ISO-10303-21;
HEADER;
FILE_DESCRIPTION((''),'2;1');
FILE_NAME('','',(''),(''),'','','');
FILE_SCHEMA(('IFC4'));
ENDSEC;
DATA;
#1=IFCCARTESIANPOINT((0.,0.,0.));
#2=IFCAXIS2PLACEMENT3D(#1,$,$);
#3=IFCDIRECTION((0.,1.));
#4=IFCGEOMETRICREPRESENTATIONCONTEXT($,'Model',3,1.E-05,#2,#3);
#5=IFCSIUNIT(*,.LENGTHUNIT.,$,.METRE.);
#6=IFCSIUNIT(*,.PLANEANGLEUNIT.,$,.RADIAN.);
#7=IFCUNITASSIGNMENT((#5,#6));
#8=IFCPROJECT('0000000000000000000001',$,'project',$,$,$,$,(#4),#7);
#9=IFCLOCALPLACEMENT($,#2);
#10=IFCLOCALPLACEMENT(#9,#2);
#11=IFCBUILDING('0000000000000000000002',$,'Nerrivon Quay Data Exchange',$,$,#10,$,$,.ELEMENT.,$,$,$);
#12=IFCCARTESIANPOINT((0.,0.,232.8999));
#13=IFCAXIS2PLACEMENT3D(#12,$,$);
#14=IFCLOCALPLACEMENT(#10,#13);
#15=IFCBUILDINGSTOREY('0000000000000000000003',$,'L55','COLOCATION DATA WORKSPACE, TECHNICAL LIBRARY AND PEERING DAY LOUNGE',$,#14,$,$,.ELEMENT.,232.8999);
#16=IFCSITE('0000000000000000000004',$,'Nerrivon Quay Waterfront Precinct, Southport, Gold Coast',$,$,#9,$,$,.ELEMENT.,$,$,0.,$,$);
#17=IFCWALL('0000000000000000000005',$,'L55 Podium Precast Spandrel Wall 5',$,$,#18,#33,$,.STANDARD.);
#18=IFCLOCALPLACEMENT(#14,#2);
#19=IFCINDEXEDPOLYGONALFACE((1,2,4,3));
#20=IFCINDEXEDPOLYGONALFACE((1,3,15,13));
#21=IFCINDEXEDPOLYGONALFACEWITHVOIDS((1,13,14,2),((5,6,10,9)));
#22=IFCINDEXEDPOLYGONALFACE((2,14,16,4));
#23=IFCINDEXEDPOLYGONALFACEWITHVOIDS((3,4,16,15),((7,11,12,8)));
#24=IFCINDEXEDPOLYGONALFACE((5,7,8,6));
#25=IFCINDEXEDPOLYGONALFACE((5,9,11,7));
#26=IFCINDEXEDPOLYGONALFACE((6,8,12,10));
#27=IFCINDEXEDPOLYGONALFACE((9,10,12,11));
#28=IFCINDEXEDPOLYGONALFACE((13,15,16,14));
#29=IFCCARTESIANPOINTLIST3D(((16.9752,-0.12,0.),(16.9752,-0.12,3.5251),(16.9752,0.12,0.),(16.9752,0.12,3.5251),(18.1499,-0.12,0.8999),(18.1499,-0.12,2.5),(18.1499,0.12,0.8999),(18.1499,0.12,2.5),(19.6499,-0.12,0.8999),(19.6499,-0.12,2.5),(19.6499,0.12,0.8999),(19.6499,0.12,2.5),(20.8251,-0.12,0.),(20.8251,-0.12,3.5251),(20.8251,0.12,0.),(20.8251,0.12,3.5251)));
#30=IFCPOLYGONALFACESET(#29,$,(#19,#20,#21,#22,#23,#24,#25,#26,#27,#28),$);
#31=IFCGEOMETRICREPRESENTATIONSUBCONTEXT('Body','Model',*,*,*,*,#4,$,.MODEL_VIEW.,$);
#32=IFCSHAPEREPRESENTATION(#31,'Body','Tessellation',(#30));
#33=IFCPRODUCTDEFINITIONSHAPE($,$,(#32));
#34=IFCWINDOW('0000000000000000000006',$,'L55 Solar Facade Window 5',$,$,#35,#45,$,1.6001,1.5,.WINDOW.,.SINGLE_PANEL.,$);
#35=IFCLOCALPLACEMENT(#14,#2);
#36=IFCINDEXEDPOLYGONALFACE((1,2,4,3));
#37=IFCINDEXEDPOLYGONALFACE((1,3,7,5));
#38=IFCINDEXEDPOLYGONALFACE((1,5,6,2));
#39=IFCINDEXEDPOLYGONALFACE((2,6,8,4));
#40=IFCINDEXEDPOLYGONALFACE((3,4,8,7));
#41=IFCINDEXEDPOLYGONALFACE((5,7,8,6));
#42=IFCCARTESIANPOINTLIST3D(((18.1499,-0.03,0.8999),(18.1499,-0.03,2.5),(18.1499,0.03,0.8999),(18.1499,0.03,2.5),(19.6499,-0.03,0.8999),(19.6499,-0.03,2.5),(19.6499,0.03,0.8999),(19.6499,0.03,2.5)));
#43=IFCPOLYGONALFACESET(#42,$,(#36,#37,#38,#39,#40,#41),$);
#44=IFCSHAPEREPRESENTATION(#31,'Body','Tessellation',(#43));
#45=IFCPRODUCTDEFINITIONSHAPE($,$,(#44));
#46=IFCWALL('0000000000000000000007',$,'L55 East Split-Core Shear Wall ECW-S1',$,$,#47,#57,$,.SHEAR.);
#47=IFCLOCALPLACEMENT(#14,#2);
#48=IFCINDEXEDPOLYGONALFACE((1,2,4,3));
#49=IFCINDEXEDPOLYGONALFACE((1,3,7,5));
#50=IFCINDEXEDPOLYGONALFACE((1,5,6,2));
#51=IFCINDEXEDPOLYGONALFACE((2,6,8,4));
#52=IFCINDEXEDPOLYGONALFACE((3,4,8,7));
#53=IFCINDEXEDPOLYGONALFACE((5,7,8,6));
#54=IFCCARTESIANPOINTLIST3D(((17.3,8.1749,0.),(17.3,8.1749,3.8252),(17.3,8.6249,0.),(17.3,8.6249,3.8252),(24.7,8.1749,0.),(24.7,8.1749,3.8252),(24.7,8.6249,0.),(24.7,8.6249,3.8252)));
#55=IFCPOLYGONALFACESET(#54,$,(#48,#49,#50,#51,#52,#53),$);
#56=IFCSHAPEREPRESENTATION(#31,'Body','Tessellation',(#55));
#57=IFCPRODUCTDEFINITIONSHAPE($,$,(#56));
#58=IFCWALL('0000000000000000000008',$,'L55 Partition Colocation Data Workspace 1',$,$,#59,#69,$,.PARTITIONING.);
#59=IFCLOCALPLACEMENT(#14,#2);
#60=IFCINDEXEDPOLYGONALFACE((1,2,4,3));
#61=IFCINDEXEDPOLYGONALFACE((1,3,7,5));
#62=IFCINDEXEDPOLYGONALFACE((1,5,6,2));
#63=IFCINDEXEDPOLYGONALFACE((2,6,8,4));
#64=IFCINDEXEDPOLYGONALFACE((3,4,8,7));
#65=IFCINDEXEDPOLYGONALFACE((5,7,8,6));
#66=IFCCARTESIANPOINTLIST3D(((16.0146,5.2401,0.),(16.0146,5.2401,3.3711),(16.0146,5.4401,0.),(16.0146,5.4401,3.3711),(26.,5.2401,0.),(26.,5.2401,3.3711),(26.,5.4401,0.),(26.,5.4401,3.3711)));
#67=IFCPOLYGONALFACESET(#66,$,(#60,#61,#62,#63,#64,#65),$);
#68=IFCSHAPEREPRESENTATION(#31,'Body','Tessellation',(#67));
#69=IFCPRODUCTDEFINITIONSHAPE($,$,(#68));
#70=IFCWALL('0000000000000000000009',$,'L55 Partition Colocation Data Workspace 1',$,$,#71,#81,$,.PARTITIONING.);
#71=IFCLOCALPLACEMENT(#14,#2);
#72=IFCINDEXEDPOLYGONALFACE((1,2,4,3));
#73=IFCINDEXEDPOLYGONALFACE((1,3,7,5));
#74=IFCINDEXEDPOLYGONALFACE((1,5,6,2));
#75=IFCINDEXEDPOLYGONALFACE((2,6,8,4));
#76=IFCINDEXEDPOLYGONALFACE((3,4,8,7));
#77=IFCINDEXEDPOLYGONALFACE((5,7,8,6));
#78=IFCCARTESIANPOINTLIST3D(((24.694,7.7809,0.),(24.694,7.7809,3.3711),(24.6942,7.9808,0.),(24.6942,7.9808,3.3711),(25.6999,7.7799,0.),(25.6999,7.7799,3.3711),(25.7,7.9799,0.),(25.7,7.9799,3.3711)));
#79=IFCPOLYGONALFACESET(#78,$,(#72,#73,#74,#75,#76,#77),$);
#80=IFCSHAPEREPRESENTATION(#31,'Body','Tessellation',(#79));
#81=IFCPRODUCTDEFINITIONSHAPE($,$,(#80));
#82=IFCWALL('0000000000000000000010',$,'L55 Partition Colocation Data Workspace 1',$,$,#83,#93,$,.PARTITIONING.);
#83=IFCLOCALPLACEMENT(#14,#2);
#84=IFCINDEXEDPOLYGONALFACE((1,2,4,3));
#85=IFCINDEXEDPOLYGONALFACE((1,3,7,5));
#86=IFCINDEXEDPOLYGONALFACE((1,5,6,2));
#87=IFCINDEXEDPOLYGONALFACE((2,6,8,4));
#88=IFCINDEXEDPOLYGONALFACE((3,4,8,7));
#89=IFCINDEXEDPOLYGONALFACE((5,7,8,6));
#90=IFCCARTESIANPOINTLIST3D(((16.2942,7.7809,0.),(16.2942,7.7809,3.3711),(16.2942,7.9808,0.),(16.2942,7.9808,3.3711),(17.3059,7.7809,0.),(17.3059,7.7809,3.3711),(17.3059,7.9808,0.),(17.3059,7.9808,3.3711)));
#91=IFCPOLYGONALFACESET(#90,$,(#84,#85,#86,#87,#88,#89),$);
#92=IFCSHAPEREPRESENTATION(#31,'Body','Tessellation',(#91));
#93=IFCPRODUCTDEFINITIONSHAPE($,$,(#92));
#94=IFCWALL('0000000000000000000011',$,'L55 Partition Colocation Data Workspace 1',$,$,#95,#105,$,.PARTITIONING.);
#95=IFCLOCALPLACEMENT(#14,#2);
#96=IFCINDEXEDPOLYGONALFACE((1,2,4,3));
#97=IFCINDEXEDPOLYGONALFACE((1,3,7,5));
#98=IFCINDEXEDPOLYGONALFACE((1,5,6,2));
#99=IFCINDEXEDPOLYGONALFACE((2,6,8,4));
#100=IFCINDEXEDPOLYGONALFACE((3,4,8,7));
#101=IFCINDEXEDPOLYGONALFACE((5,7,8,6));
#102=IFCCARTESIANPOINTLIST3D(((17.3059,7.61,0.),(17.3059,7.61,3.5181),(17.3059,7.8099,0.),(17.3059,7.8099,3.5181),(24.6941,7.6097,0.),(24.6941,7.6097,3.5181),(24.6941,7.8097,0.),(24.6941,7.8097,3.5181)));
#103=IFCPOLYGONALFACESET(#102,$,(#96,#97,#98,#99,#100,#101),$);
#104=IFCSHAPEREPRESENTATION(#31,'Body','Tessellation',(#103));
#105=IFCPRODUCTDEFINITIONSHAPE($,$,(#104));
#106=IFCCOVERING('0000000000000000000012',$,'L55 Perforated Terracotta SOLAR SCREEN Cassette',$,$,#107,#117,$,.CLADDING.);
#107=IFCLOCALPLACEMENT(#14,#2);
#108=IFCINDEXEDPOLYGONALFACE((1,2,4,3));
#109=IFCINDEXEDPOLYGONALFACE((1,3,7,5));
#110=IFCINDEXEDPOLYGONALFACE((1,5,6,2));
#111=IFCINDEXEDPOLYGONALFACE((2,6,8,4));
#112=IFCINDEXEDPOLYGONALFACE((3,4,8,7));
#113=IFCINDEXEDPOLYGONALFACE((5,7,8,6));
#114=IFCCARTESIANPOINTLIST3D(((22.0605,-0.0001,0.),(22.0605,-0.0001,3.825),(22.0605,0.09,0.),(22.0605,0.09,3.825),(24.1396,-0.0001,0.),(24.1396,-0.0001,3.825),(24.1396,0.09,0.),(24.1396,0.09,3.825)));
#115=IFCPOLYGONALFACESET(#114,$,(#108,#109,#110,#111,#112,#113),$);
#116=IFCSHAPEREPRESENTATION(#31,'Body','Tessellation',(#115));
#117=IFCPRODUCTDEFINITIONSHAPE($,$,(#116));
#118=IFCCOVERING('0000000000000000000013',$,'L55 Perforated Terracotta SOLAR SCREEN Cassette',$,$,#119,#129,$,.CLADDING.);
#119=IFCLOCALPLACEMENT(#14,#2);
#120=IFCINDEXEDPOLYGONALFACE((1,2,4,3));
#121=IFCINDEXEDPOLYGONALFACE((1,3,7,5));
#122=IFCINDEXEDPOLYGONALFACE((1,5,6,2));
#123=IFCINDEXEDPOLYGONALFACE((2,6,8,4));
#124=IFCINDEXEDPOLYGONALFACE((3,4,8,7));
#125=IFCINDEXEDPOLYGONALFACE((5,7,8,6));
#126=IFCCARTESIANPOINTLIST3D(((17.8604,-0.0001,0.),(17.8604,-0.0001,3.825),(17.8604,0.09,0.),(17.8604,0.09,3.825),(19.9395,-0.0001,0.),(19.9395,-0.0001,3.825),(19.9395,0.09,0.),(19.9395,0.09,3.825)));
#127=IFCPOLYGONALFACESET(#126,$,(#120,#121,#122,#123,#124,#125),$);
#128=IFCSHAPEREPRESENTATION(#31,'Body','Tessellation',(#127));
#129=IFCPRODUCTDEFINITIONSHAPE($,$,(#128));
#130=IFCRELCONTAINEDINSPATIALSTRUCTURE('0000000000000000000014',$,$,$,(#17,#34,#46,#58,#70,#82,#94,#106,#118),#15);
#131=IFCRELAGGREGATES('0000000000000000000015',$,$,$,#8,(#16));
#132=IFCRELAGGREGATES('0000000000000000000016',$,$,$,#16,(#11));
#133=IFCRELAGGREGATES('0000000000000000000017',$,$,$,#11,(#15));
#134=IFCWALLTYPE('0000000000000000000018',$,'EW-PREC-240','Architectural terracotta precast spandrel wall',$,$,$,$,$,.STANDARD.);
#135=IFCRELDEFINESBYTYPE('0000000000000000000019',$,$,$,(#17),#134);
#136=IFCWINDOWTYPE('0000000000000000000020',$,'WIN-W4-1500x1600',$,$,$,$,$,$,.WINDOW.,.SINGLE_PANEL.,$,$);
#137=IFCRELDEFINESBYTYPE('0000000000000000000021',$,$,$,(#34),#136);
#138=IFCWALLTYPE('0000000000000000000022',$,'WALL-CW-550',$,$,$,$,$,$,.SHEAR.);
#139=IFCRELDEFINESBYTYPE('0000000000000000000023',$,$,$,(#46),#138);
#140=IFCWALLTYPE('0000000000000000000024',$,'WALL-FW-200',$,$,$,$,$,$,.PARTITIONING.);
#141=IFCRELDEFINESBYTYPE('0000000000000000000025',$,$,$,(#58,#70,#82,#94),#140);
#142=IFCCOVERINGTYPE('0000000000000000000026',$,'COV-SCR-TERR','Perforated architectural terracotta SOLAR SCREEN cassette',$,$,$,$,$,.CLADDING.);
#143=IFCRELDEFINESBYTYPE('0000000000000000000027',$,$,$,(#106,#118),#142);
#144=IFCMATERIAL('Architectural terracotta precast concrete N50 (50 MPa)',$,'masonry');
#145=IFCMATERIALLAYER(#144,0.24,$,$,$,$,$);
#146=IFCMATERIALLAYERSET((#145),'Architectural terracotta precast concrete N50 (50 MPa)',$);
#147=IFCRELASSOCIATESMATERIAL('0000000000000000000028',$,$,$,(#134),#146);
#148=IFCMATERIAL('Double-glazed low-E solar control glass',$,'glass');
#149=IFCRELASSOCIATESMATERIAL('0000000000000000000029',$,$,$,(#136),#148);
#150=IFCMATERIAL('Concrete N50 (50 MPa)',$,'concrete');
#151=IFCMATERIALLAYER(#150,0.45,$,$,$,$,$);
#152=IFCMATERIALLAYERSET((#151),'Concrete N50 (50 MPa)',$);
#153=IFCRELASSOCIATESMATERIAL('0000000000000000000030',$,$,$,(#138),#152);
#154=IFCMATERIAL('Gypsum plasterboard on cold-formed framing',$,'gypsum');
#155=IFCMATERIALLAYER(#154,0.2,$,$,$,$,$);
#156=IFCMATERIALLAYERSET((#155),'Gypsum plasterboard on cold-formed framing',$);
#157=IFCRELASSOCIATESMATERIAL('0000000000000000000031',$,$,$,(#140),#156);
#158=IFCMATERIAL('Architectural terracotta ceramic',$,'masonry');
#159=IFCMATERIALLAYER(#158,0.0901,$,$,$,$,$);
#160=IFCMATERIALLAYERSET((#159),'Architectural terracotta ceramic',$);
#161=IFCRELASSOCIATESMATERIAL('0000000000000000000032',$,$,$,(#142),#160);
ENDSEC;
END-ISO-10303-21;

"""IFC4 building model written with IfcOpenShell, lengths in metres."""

from ifc_helpers import new_model, si_unit, direction, frame, frame_2d, origin, origin_2d, place, context, subcontext, project, spatial, rectangle, extrude, material, layer, layer_set, type_object, element, fill, save


model = new_model("IFC4")

# Units and contexts
model_context = context("Model", 3, precision=1e-05, world=origin(), true_north=direction((0.0, 1.0)))
body_context = subcontext(model_context, "Body", "Model", "MODEL_VIEW")
ifc_project = project(units=[si_unit("LENGTHUNIT", "METRE"), si_unit("PLANEANGLEUNIT", "RADIAN")], contexts=[model_context])

# Site, building, storey
site_placement = place(None, origin())
site = spatial("IfcSite", under=ifc_project, at=site_placement, Name="Nerrivon Quay Waterfront Precinct, Southport, Gold Coast", CompositionType="ELEMENT", RefElevation=0.0)
building_placement = place(site_placement, origin())
building = spatial("IfcBuilding", under=site, at=building_placement, Name="Nerrivon Quay Data Exchange", CompositionType="ELEMENT")
storey_placement = place(building_placement, frame((0.0, 0.0, 232.8999)))
storey = spatial("IfcBuildingStorey", under=building, at=storey_placement, Name="L55", Description="COLOCATION DATA WORKSPACE, TECHNICAL LIBRARY AND PEERING DAY LOUNGE", CompositionType="ELEMENT", Elevation=232.8999)

# Shared definitions
ifc_material_1 = material(Name="Concrete N50 (50 MPa)", Category="concrete")

# Shared definitions
ifc_material_2 = material(Name="Double-glazed low-E solar control glass", Category="glass")

# Wall, opening, window
ifc_material_3 = material(Name="Architectural terracotta precast concrete N50 (50 MPa)", Category="masonry")
ifc_layer_1 = layer(ifc_material_3, 0.24)
ifc_layer_set_1 = layer_set([ifc_layer_1], Name="Architectural terracotta precast concrete N50 (50 MPa)")
wall_type_1 = type_object("IfcWallType", Name="EW-PREC-240", Description="Architectural terracotta precast spandrel wall", PredefinedType="STANDARD", material=ifc_layer_set_1)
wall_1_placement = place(storey_placement, frame((20.825, 0.0, 0.0), z_axis=(0.0, 0.0, 1.0), x_axis=(-1.0, 0.0, 0.0)))
wall_1 = element("IfcWall", 1, at=wall_1_placement, inside=storey, type_object=wall_type_1, Name="L55 Podium Precast Spandrel Wall 5", PredefinedType="STANDARD", context=body_context, shape_type="SweptSolid", body=[
    extrude(rectangle(XDim=3.8499, YDim=0.24, at=frame_2d((1.9248, 0.0))), origin(), (0.0, 0.0, 1.0), 3.5251),
])
opening_placement = place(wall_1_placement, frame((1.175, 0.0, 0.8999)))
opening = element("IfcOpeningElement", 2, at=opening_placement, cuts=wall_1, PredefinedType="OPENING", context=body_context, shape_type="SweptSolid", body=[
    extrude(rectangle(XDim=1.5, YDim=1.6001, at=frame_2d((0.75, 0.8))), frame((0.0, 0.1299, 0.0), z_axis=(0.0, -1.0, 0.0), x_axis=(1.0, 0.0, 0.0)), (0.0, 0.0, 1.0), 0.26),
])
window_type = type_object("IfcWindowType", Name="WIN-W4-1500x1600", PartitioningType="SINGLE_PANEL", PredefinedType="WINDOW", material=ifc_material_2)
window_placement = place(opening_placement, origin())
window = element("IfcWindow", 3, at=window_placement, inside=storey, type_object=window_type, Name="L55 Solar Facade Window 5", OverallHeight=1.6001, OverallWidth=1.5, PartitioningType="SINGLE_PANEL", PredefinedType="WINDOW", context=body_context, shape_type="SweptSolid", body=[
    extrude(rectangle(XDim=1.5, YDim=1.6001, at=frame_2d((0.75, 0.8))), frame((0.0, 0.03, 0.0), z_axis=(0.0, -1.0, 0.0), x_axis=(1.0, 0.0, 0.0)), (0.0, 0.0, 1.0), 0.0601),
])
fill(opening, window)

# Walls
ifc_layer_2 = layer(ifc_material_1, 0.45)
ifc_layer_set_2 = layer_set([ifc_layer_2], Name="Concrete N50 (50 MPa)")
wall_type_2 = type_object("IfcWallType", Name="WALL-CW-550", PredefinedType="SHEAR", material=ifc_layer_set_2)
wall_2_placement = place(storey_placement, frame((17.3, 8.3999, 0.0), z_axis=(0.0, 0.0, 1.0), x_axis=(1.0, 0.0, 0.0)))
element("IfcWall", 4, at=wall_2_placement, inside=storey, type_object=wall_type_2, Name="L55 East Split-Core Shear Wall ECW-S1", PredefinedType="SHEAR", context=body_context, shape_type="SweptSolid", body=[
    extrude(rectangle(XDim=7.3999, YDim=0.45, at=frame_2d((3.7, 0.0))), origin(), (0.0, 0.0, 1.0), 3.8252),
])
ifc_material_4 = material(Name="Gypsum plasterboard on cold-formed framing", Category="gypsum")
ifc_layer_3 = layer(ifc_material_4, 0.2)
ifc_layer_set_3 = layer_set([ifc_layer_3], Name="Gypsum plasterboard on cold-formed framing")
wall_type_3 = type_object("IfcWallType", Name="WALL-FW-200", PredefinedType="PARTITIONING", material=ifc_layer_set_3)
wall_3_placement = place(storey_placement, frame((26.0, 5.3401, 0.0), z_axis=(0.0, 0.0, 1.0), x_axis=(-1.0, 0.0, 0.0)))
element("IfcWall", 5, at=wall_3_placement, inside=storey, type_object=wall_type_3, Name="L55 Partition Colocation Data Workspace 1", PredefinedType="PARTITIONING", context=body_context, shape_type="SweptSolid", body=[
    extrude(rectangle(XDim=9.9854, YDim=0.2, at=frame_2d((4.9927, 0.0))), origin(), (0.0, 0.0, 1.0), 3.3711),
])
wall_4_placement = place(storey_placement, frame((25.7, 7.8799, 0.0), z_axis=(0.0, 0.0, 1.0), x_axis=(-1.0, 0.000971, 0.0)))
element("IfcWall", 6, at=wall_4_placement, inside=storey, type_object=wall_type_3, Name="L55 Partition Colocation Data Workspace 1", PredefinedType="PARTITIONING", context=body_context, shape_type="SweptSolid", body=[
    extrude(rectangle(XDim=1.0059, YDim=0.2, at=frame_2d((0.5029, 0.0))), origin(), (0.0, 0.0, 1.0), 3.3711),
])
wall_5_placement = place(storey_placement, frame((17.3059, 7.8809, 0.0), z_axis=(0.0, 0.0, 1.0), x_axis=(-1.0, 0.0, 0.0)))
element("IfcWall", 7, at=wall_5_placement, inside=storey, type_object=wall_type_3, Name="L55 Partition Colocation Data Workspace 1", PredefinedType="PARTITIONING", context=body_context, shape_type="SweptSolid", body=[
    extrude(rectangle(XDim=1.0117, YDim=0.2, at=frame_2d((0.5059, 0.0))), origin(), (0.0, 0.0, 1.0), 3.3711),
])
wall_6_placement = place(storey_placement, frame((17.3059, 7.71, 0.0), z_axis=(0.0, 0.0, 1.0), x_axis=(1.0, -0.000033, 0.0)))
element("IfcWall", 8, at=wall_6_placement, inside=storey, type_object=wall_type_3, Name="L55 Partition Colocation Data Workspace 1", PredefinedType="PARTITIONING", context=body_context, shape_type="SweptSolid", body=[
    extrude(rectangle(XDim=7.3882, YDim=0.2, at=frame_2d((3.6941, 0.0))), origin(), (0.0, 0.0, 1.0), 3.5181),
])

# Coverings
ifc_material_5 = material(Name="Architectural terracotta ceramic", Category="masonry")
ifc_layer_4 = layer(ifc_material_5, 0.0901)
ifc_layer_set_4 = layer_set([ifc_layer_4], Name="Architectural terracotta ceramic")
covering_type = type_object("IfcCoveringType", Name="COV-SCR-TERR", Description="Perforated architectural terracotta SOLAR SCREEN cassette", PredefinedType="CLADDING", material=ifc_layer_set_4)
for number, where, z_axis, x_axis, name in (
    (9, (23.1001, 0.0449, 0.0), (0.0, 0.0, 1.0), (-1.0, 0.0, 0.0), "L55 Perforated Terracotta SOLAR SCREEN Cassette"),
    (10, (18.8999, 0.0449, 0.0), (0.0, 0.0, 1.0), (-1.0, 0.0, 0.0), "L55 Perforated Terracotta SOLAR SCREEN Cassette"),
):
    element("IfcCovering", number, at=place(storey_placement, frame(where, z_axis=z_axis, x_axis=x_axis)), inside=storey, type_object=covering_type, Name=name, PredefinedType="CLADDING", context=body_context, shape_type="SweptSolid", body=[
        extrude(rectangle(XDim=2.0791, YDim=0.0901, at=origin_2d()), origin(), (0.0, 0.0, 1.0), 3.825),
    ])

save(model, "model.ifc")
